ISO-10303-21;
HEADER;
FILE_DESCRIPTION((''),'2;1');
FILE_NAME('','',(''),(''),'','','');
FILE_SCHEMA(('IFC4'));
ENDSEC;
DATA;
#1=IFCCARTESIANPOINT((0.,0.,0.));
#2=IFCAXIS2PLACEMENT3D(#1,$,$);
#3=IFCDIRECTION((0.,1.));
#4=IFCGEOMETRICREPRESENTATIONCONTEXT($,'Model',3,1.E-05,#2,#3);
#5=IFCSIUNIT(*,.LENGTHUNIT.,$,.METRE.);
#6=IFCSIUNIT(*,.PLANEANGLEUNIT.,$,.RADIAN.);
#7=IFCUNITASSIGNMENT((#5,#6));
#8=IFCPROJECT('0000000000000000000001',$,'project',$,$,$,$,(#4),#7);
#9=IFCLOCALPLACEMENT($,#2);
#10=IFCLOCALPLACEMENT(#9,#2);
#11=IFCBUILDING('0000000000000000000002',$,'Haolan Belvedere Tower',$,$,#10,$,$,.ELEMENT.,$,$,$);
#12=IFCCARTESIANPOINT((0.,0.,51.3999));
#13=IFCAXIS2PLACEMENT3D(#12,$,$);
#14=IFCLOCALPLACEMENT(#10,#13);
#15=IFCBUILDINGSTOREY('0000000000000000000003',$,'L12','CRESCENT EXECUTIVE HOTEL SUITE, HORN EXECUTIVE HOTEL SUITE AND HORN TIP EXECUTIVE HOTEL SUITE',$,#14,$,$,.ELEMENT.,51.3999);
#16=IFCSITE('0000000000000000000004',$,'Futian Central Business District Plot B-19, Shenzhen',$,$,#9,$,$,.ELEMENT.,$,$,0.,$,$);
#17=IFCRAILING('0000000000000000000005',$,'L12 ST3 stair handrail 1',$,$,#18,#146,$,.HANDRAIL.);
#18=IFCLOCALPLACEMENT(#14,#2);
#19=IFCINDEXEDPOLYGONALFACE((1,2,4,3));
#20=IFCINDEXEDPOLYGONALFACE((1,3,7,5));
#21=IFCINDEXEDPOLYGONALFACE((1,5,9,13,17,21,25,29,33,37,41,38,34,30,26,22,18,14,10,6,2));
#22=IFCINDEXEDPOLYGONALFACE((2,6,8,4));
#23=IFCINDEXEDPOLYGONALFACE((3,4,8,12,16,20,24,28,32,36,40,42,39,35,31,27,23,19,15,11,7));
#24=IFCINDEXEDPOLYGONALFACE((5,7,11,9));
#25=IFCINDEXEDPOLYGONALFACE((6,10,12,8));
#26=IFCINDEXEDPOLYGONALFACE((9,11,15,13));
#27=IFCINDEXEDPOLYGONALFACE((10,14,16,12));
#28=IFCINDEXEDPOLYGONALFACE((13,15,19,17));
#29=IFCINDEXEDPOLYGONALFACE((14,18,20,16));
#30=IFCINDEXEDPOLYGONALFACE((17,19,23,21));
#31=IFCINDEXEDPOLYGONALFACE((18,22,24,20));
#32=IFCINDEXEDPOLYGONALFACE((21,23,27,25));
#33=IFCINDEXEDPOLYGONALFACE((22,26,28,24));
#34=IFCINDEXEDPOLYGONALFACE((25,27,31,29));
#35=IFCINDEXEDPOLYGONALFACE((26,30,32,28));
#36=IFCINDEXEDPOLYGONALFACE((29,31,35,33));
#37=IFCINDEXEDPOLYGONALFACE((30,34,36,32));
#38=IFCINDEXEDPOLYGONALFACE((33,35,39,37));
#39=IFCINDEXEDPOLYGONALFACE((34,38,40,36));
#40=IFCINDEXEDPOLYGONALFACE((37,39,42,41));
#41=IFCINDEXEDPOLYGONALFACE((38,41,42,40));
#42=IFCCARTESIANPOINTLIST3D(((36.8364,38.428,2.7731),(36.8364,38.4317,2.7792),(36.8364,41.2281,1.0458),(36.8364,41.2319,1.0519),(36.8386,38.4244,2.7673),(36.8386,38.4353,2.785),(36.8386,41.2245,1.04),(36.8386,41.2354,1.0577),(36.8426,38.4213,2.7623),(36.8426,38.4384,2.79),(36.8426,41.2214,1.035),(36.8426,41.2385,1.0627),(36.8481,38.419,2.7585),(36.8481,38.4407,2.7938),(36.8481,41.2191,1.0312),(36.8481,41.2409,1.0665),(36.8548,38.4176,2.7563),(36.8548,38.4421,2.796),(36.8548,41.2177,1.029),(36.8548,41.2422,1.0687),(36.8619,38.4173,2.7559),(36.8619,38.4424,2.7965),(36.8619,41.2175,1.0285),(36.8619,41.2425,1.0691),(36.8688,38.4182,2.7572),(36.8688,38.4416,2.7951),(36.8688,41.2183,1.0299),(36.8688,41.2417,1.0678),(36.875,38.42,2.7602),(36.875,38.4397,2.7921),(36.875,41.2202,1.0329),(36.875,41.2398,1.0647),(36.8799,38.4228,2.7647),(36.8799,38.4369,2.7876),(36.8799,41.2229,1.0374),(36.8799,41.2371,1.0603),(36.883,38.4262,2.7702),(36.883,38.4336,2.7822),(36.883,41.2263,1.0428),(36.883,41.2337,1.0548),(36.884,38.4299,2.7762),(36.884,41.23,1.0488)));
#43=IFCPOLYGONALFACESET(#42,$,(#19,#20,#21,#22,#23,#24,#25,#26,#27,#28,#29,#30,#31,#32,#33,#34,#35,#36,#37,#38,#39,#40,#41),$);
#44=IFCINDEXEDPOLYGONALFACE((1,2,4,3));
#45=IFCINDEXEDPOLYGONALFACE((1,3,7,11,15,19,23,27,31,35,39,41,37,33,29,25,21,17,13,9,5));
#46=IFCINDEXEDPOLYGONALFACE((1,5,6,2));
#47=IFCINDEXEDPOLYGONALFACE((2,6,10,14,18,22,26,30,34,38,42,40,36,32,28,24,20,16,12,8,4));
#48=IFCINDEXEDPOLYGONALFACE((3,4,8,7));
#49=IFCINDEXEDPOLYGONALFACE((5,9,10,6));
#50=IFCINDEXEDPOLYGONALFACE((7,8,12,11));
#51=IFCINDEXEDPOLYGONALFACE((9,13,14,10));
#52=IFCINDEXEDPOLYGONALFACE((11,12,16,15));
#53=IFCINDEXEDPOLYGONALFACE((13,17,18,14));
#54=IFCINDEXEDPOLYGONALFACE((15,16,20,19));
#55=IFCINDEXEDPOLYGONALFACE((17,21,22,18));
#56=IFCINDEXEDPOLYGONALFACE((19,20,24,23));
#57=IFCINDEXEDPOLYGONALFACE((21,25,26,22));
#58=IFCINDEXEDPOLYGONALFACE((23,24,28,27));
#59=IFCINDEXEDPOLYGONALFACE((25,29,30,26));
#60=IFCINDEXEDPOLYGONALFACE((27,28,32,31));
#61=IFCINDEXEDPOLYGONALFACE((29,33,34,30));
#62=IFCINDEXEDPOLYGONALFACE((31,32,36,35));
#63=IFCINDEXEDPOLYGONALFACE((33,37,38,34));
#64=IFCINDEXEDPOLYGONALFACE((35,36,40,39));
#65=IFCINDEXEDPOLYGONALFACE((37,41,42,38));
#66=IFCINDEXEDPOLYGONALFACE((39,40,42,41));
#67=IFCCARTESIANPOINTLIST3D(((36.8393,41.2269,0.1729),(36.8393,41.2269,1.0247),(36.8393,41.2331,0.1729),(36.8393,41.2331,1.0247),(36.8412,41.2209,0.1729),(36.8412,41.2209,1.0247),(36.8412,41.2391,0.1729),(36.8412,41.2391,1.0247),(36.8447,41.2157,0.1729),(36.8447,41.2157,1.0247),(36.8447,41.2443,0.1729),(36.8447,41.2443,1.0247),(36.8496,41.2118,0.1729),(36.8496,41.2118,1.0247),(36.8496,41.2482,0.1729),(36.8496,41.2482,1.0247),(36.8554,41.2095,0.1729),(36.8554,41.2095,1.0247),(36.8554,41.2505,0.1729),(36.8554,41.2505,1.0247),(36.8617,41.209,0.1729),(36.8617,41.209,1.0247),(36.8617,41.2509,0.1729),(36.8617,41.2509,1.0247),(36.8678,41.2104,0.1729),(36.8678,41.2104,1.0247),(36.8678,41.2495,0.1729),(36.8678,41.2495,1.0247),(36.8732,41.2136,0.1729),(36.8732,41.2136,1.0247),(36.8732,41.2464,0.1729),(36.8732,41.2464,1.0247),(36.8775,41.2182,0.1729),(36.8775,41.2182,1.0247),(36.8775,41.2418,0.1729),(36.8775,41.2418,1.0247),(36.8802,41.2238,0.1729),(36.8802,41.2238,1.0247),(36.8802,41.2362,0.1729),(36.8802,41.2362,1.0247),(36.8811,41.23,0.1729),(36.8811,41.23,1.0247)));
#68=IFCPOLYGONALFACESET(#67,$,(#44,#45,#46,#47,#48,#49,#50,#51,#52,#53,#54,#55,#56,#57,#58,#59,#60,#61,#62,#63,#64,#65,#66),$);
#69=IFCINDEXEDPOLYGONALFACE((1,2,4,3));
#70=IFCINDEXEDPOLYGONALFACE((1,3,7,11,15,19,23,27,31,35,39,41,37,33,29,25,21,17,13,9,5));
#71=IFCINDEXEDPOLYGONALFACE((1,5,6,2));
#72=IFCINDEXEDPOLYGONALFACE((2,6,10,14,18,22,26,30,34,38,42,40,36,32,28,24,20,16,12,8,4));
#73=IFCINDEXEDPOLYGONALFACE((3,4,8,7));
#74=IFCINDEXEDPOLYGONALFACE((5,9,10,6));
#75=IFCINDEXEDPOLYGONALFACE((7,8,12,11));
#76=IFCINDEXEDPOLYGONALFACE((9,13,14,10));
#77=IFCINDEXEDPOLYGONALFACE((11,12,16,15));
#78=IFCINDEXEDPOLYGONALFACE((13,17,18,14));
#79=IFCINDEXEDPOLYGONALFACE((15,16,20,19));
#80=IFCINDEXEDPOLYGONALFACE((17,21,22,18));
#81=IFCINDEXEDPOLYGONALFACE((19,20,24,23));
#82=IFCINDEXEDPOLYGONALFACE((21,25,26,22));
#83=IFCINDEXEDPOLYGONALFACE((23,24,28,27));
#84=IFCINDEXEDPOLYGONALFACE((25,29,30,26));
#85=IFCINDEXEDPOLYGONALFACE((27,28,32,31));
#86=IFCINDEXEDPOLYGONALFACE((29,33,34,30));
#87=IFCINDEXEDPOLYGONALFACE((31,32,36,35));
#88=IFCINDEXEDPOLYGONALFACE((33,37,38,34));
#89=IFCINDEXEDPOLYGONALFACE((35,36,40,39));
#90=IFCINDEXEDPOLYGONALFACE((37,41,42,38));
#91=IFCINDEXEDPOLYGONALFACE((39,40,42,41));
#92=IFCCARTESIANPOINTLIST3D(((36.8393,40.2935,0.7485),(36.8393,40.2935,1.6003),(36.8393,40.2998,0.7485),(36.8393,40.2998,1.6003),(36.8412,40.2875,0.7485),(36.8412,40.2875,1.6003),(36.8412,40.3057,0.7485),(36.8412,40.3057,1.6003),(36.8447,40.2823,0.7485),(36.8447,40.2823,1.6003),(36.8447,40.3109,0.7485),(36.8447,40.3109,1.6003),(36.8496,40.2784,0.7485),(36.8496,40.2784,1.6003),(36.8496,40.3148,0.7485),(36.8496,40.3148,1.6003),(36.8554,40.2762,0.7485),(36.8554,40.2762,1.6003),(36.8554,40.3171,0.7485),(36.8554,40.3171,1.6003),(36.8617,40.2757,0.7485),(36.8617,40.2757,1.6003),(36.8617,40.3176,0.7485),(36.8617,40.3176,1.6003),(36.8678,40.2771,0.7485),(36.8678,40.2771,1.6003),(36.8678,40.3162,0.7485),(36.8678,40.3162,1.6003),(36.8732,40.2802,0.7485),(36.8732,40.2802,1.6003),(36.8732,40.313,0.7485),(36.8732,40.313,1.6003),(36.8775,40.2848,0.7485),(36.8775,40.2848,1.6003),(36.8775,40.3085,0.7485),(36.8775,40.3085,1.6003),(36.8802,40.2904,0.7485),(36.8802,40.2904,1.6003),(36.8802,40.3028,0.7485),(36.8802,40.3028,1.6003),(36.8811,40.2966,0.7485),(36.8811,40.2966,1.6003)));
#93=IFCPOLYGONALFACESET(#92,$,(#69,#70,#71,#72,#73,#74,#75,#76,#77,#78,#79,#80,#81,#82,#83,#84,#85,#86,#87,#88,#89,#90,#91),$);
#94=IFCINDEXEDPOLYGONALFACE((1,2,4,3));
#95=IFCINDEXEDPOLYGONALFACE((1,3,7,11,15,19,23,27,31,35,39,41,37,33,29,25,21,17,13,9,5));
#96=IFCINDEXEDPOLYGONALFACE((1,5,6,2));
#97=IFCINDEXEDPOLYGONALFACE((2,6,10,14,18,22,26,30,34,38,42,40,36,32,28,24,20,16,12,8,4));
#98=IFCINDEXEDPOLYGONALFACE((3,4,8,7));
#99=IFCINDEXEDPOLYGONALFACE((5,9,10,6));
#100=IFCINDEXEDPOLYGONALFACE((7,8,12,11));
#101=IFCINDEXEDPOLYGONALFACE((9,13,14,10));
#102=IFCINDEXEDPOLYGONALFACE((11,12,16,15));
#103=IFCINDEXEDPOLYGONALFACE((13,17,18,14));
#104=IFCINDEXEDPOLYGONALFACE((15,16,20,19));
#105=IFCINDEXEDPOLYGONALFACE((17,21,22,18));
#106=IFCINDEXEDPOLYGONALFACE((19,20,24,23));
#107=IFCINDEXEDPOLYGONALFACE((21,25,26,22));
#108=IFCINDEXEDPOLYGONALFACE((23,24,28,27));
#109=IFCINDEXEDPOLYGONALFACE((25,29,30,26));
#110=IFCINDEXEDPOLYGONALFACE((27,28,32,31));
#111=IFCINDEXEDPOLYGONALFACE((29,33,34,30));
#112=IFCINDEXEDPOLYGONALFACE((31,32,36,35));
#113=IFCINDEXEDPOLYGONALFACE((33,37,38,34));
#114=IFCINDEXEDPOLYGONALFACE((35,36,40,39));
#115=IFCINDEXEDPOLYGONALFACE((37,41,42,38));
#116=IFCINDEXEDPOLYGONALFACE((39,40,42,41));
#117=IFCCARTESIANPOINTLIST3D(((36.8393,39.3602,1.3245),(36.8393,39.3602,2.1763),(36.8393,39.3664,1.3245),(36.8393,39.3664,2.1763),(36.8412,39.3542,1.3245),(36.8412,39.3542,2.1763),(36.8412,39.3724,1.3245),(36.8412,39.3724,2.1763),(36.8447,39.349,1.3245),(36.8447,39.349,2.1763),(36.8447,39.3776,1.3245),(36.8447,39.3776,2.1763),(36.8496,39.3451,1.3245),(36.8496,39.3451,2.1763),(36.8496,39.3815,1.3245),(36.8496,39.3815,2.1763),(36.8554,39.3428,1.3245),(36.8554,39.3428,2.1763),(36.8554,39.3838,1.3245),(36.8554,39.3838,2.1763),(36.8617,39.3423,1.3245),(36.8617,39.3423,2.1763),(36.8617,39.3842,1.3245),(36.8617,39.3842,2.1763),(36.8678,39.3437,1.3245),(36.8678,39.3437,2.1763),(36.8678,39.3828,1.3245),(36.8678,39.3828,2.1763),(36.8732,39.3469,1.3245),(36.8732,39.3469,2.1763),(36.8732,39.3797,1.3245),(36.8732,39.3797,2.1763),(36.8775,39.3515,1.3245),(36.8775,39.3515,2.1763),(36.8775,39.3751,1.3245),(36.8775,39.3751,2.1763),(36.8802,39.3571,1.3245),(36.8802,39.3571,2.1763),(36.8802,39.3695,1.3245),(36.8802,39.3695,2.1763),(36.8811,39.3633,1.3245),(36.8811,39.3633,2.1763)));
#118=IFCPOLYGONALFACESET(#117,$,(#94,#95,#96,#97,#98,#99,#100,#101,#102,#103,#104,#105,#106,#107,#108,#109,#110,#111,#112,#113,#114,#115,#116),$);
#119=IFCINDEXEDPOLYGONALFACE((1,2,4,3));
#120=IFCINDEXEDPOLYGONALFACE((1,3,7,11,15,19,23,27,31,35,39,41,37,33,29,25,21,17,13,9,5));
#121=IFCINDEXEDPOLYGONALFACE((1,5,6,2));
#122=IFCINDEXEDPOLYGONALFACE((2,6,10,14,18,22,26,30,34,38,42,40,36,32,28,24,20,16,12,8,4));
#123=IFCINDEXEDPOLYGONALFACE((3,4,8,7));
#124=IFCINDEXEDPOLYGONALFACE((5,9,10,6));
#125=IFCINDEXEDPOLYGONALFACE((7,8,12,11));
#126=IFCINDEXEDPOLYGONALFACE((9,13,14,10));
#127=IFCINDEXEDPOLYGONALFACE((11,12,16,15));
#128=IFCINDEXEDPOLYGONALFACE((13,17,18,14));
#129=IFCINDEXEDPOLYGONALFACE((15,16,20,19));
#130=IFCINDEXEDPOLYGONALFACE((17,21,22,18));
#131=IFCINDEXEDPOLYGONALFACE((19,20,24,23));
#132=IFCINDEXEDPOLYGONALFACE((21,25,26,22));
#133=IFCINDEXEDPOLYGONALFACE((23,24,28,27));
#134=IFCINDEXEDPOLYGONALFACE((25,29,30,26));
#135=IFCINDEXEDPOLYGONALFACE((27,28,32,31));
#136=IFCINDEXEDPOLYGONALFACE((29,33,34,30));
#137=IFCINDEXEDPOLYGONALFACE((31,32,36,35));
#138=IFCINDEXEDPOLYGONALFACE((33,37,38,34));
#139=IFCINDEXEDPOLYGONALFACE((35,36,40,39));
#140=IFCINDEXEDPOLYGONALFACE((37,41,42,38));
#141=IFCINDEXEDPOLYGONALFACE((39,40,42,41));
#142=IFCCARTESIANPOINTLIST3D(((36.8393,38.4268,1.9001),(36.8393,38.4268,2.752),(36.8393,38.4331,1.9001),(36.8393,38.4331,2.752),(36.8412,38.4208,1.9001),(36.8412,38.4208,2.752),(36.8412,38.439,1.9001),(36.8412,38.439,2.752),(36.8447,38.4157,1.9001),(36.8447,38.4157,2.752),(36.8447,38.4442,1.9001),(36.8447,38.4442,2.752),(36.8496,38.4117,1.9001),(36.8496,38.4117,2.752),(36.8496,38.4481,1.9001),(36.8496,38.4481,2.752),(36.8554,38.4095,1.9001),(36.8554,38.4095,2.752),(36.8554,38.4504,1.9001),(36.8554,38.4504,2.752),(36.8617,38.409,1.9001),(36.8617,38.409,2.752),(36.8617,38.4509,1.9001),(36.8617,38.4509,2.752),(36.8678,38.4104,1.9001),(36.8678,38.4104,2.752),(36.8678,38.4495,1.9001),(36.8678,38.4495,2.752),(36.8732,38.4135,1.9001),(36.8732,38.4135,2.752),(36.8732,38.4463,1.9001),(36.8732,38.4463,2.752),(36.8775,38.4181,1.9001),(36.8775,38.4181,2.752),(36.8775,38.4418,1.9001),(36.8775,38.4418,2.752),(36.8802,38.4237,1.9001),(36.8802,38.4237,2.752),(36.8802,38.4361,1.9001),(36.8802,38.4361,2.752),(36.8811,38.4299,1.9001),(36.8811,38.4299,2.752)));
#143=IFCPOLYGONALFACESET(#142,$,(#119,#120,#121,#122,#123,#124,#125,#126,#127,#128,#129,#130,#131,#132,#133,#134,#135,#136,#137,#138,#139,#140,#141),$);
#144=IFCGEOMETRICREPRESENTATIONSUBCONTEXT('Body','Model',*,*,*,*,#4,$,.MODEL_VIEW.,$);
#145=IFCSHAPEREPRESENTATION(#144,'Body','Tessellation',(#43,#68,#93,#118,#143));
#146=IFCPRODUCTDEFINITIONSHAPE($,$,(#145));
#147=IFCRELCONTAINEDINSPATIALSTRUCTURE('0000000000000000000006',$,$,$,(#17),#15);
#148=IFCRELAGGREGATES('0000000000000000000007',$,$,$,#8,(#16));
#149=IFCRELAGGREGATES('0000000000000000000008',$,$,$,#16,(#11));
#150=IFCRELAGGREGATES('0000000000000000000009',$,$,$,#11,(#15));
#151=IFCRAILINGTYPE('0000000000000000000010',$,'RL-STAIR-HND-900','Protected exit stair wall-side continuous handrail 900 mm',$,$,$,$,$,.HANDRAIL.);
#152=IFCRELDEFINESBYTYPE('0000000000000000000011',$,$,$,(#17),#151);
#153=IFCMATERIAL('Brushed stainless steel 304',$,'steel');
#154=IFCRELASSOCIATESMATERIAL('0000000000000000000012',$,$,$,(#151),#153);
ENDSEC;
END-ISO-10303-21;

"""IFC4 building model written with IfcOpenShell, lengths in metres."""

from ifc_helpers import new_model, si_unit, direction, frame, origin, origin_2d, place, context, subcontext, project, spatial, circle, extrude, material, type_object, element, save


model = new_model("IFC4")

# Units and contexts
model_context = context("Model", 3, precision=1e-05, world=origin(), true_north=direction((0.0, 1.0)))
body_context = subcontext(model_context, "Body", "Model", "MODEL_VIEW")
ifc_project = project(units=[si_unit("LENGTHUNIT", "METRE"), si_unit("PLANEANGLEUNIT", "RADIAN")], contexts=[model_context])

# Site, building, storey
site_placement = place(None, origin())
site = spatial("IfcSite", under=ifc_project, at=site_placement, Name="Futian Central Business District Plot B-19, Shenzhen", CompositionType="ELEMENT", RefElevation=0.0)
building_placement = place(site_placement, origin())
building = spatial("IfcBuilding", under=site, at=building_placement, Name="Haolan Belvedere Tower", CompositionType="ELEMENT")
storey_placement = place(building_placement, frame((0.0, 0.0, 51.3999)))
storey = spatial("IfcBuildingStorey", under=building, at=storey_placement, Name="L12", Description="CRESCENT EXECUTIVE HOTEL SUITE, HORN EXECUTIVE HOTEL SUITE AND HORN TIP EXECUTIVE HOTEL SUITE", CompositionType="ELEMENT", Elevation=51.3999)

# Railing
ifc_material_1 = material(Name="Brushed stainless steel 304", Category="steel")
railing_type_1 = type_object("IfcRailingType", Name="RL-STAIR-HND-900", Description="Protected exit stair wall-side continuous handrail 900 mm", PredefinedType="HANDRAIL", material=ifc_material_1)
railing_1_placement = place(storey_placement, frame((36.8601, 41.23, 0.1729)))
element("IfcRailing", 1, at=railing_1_placement, inside=storey, type_object=railing_type_1, Name="L12 ST3 stair handrail 1", PredefinedType="HANDRAIL", context=body_context, shape_type="SweptSolid", body=[
    extrude(circle(Radius=0.0239, at=origin_2d()), frame((0.0, 0.0, 0.876), z_axis=(0.0, -0.85109, 0.52502), x_axis=(1.0, 0.0, 0.0)), (0.0, 0.0, 1.0), 3.29),
    extrude(circle(Radius=0.021, at=origin_2d()), origin(), (0.0, 0.0, 1.0), 0.8518),
    extrude(circle(Radius=0.021, at=origin_2d()), frame((0.0, -0.9333, 0.5757)), (0.0, 0.0, 1.0), 0.8518),
    extrude(circle(Radius=0.021, at=origin_2d()), frame((0.0, -1.8667, 1.1516)), (0.0, 0.0, 1.0), 0.8518),
    extrude(circle(Radius=0.021, at=origin_2d()), frame((0.0, -2.8, 1.7273)), (0.0, 0.0, 1.0), 0.8518),
])

save(model, "model.ifc")
